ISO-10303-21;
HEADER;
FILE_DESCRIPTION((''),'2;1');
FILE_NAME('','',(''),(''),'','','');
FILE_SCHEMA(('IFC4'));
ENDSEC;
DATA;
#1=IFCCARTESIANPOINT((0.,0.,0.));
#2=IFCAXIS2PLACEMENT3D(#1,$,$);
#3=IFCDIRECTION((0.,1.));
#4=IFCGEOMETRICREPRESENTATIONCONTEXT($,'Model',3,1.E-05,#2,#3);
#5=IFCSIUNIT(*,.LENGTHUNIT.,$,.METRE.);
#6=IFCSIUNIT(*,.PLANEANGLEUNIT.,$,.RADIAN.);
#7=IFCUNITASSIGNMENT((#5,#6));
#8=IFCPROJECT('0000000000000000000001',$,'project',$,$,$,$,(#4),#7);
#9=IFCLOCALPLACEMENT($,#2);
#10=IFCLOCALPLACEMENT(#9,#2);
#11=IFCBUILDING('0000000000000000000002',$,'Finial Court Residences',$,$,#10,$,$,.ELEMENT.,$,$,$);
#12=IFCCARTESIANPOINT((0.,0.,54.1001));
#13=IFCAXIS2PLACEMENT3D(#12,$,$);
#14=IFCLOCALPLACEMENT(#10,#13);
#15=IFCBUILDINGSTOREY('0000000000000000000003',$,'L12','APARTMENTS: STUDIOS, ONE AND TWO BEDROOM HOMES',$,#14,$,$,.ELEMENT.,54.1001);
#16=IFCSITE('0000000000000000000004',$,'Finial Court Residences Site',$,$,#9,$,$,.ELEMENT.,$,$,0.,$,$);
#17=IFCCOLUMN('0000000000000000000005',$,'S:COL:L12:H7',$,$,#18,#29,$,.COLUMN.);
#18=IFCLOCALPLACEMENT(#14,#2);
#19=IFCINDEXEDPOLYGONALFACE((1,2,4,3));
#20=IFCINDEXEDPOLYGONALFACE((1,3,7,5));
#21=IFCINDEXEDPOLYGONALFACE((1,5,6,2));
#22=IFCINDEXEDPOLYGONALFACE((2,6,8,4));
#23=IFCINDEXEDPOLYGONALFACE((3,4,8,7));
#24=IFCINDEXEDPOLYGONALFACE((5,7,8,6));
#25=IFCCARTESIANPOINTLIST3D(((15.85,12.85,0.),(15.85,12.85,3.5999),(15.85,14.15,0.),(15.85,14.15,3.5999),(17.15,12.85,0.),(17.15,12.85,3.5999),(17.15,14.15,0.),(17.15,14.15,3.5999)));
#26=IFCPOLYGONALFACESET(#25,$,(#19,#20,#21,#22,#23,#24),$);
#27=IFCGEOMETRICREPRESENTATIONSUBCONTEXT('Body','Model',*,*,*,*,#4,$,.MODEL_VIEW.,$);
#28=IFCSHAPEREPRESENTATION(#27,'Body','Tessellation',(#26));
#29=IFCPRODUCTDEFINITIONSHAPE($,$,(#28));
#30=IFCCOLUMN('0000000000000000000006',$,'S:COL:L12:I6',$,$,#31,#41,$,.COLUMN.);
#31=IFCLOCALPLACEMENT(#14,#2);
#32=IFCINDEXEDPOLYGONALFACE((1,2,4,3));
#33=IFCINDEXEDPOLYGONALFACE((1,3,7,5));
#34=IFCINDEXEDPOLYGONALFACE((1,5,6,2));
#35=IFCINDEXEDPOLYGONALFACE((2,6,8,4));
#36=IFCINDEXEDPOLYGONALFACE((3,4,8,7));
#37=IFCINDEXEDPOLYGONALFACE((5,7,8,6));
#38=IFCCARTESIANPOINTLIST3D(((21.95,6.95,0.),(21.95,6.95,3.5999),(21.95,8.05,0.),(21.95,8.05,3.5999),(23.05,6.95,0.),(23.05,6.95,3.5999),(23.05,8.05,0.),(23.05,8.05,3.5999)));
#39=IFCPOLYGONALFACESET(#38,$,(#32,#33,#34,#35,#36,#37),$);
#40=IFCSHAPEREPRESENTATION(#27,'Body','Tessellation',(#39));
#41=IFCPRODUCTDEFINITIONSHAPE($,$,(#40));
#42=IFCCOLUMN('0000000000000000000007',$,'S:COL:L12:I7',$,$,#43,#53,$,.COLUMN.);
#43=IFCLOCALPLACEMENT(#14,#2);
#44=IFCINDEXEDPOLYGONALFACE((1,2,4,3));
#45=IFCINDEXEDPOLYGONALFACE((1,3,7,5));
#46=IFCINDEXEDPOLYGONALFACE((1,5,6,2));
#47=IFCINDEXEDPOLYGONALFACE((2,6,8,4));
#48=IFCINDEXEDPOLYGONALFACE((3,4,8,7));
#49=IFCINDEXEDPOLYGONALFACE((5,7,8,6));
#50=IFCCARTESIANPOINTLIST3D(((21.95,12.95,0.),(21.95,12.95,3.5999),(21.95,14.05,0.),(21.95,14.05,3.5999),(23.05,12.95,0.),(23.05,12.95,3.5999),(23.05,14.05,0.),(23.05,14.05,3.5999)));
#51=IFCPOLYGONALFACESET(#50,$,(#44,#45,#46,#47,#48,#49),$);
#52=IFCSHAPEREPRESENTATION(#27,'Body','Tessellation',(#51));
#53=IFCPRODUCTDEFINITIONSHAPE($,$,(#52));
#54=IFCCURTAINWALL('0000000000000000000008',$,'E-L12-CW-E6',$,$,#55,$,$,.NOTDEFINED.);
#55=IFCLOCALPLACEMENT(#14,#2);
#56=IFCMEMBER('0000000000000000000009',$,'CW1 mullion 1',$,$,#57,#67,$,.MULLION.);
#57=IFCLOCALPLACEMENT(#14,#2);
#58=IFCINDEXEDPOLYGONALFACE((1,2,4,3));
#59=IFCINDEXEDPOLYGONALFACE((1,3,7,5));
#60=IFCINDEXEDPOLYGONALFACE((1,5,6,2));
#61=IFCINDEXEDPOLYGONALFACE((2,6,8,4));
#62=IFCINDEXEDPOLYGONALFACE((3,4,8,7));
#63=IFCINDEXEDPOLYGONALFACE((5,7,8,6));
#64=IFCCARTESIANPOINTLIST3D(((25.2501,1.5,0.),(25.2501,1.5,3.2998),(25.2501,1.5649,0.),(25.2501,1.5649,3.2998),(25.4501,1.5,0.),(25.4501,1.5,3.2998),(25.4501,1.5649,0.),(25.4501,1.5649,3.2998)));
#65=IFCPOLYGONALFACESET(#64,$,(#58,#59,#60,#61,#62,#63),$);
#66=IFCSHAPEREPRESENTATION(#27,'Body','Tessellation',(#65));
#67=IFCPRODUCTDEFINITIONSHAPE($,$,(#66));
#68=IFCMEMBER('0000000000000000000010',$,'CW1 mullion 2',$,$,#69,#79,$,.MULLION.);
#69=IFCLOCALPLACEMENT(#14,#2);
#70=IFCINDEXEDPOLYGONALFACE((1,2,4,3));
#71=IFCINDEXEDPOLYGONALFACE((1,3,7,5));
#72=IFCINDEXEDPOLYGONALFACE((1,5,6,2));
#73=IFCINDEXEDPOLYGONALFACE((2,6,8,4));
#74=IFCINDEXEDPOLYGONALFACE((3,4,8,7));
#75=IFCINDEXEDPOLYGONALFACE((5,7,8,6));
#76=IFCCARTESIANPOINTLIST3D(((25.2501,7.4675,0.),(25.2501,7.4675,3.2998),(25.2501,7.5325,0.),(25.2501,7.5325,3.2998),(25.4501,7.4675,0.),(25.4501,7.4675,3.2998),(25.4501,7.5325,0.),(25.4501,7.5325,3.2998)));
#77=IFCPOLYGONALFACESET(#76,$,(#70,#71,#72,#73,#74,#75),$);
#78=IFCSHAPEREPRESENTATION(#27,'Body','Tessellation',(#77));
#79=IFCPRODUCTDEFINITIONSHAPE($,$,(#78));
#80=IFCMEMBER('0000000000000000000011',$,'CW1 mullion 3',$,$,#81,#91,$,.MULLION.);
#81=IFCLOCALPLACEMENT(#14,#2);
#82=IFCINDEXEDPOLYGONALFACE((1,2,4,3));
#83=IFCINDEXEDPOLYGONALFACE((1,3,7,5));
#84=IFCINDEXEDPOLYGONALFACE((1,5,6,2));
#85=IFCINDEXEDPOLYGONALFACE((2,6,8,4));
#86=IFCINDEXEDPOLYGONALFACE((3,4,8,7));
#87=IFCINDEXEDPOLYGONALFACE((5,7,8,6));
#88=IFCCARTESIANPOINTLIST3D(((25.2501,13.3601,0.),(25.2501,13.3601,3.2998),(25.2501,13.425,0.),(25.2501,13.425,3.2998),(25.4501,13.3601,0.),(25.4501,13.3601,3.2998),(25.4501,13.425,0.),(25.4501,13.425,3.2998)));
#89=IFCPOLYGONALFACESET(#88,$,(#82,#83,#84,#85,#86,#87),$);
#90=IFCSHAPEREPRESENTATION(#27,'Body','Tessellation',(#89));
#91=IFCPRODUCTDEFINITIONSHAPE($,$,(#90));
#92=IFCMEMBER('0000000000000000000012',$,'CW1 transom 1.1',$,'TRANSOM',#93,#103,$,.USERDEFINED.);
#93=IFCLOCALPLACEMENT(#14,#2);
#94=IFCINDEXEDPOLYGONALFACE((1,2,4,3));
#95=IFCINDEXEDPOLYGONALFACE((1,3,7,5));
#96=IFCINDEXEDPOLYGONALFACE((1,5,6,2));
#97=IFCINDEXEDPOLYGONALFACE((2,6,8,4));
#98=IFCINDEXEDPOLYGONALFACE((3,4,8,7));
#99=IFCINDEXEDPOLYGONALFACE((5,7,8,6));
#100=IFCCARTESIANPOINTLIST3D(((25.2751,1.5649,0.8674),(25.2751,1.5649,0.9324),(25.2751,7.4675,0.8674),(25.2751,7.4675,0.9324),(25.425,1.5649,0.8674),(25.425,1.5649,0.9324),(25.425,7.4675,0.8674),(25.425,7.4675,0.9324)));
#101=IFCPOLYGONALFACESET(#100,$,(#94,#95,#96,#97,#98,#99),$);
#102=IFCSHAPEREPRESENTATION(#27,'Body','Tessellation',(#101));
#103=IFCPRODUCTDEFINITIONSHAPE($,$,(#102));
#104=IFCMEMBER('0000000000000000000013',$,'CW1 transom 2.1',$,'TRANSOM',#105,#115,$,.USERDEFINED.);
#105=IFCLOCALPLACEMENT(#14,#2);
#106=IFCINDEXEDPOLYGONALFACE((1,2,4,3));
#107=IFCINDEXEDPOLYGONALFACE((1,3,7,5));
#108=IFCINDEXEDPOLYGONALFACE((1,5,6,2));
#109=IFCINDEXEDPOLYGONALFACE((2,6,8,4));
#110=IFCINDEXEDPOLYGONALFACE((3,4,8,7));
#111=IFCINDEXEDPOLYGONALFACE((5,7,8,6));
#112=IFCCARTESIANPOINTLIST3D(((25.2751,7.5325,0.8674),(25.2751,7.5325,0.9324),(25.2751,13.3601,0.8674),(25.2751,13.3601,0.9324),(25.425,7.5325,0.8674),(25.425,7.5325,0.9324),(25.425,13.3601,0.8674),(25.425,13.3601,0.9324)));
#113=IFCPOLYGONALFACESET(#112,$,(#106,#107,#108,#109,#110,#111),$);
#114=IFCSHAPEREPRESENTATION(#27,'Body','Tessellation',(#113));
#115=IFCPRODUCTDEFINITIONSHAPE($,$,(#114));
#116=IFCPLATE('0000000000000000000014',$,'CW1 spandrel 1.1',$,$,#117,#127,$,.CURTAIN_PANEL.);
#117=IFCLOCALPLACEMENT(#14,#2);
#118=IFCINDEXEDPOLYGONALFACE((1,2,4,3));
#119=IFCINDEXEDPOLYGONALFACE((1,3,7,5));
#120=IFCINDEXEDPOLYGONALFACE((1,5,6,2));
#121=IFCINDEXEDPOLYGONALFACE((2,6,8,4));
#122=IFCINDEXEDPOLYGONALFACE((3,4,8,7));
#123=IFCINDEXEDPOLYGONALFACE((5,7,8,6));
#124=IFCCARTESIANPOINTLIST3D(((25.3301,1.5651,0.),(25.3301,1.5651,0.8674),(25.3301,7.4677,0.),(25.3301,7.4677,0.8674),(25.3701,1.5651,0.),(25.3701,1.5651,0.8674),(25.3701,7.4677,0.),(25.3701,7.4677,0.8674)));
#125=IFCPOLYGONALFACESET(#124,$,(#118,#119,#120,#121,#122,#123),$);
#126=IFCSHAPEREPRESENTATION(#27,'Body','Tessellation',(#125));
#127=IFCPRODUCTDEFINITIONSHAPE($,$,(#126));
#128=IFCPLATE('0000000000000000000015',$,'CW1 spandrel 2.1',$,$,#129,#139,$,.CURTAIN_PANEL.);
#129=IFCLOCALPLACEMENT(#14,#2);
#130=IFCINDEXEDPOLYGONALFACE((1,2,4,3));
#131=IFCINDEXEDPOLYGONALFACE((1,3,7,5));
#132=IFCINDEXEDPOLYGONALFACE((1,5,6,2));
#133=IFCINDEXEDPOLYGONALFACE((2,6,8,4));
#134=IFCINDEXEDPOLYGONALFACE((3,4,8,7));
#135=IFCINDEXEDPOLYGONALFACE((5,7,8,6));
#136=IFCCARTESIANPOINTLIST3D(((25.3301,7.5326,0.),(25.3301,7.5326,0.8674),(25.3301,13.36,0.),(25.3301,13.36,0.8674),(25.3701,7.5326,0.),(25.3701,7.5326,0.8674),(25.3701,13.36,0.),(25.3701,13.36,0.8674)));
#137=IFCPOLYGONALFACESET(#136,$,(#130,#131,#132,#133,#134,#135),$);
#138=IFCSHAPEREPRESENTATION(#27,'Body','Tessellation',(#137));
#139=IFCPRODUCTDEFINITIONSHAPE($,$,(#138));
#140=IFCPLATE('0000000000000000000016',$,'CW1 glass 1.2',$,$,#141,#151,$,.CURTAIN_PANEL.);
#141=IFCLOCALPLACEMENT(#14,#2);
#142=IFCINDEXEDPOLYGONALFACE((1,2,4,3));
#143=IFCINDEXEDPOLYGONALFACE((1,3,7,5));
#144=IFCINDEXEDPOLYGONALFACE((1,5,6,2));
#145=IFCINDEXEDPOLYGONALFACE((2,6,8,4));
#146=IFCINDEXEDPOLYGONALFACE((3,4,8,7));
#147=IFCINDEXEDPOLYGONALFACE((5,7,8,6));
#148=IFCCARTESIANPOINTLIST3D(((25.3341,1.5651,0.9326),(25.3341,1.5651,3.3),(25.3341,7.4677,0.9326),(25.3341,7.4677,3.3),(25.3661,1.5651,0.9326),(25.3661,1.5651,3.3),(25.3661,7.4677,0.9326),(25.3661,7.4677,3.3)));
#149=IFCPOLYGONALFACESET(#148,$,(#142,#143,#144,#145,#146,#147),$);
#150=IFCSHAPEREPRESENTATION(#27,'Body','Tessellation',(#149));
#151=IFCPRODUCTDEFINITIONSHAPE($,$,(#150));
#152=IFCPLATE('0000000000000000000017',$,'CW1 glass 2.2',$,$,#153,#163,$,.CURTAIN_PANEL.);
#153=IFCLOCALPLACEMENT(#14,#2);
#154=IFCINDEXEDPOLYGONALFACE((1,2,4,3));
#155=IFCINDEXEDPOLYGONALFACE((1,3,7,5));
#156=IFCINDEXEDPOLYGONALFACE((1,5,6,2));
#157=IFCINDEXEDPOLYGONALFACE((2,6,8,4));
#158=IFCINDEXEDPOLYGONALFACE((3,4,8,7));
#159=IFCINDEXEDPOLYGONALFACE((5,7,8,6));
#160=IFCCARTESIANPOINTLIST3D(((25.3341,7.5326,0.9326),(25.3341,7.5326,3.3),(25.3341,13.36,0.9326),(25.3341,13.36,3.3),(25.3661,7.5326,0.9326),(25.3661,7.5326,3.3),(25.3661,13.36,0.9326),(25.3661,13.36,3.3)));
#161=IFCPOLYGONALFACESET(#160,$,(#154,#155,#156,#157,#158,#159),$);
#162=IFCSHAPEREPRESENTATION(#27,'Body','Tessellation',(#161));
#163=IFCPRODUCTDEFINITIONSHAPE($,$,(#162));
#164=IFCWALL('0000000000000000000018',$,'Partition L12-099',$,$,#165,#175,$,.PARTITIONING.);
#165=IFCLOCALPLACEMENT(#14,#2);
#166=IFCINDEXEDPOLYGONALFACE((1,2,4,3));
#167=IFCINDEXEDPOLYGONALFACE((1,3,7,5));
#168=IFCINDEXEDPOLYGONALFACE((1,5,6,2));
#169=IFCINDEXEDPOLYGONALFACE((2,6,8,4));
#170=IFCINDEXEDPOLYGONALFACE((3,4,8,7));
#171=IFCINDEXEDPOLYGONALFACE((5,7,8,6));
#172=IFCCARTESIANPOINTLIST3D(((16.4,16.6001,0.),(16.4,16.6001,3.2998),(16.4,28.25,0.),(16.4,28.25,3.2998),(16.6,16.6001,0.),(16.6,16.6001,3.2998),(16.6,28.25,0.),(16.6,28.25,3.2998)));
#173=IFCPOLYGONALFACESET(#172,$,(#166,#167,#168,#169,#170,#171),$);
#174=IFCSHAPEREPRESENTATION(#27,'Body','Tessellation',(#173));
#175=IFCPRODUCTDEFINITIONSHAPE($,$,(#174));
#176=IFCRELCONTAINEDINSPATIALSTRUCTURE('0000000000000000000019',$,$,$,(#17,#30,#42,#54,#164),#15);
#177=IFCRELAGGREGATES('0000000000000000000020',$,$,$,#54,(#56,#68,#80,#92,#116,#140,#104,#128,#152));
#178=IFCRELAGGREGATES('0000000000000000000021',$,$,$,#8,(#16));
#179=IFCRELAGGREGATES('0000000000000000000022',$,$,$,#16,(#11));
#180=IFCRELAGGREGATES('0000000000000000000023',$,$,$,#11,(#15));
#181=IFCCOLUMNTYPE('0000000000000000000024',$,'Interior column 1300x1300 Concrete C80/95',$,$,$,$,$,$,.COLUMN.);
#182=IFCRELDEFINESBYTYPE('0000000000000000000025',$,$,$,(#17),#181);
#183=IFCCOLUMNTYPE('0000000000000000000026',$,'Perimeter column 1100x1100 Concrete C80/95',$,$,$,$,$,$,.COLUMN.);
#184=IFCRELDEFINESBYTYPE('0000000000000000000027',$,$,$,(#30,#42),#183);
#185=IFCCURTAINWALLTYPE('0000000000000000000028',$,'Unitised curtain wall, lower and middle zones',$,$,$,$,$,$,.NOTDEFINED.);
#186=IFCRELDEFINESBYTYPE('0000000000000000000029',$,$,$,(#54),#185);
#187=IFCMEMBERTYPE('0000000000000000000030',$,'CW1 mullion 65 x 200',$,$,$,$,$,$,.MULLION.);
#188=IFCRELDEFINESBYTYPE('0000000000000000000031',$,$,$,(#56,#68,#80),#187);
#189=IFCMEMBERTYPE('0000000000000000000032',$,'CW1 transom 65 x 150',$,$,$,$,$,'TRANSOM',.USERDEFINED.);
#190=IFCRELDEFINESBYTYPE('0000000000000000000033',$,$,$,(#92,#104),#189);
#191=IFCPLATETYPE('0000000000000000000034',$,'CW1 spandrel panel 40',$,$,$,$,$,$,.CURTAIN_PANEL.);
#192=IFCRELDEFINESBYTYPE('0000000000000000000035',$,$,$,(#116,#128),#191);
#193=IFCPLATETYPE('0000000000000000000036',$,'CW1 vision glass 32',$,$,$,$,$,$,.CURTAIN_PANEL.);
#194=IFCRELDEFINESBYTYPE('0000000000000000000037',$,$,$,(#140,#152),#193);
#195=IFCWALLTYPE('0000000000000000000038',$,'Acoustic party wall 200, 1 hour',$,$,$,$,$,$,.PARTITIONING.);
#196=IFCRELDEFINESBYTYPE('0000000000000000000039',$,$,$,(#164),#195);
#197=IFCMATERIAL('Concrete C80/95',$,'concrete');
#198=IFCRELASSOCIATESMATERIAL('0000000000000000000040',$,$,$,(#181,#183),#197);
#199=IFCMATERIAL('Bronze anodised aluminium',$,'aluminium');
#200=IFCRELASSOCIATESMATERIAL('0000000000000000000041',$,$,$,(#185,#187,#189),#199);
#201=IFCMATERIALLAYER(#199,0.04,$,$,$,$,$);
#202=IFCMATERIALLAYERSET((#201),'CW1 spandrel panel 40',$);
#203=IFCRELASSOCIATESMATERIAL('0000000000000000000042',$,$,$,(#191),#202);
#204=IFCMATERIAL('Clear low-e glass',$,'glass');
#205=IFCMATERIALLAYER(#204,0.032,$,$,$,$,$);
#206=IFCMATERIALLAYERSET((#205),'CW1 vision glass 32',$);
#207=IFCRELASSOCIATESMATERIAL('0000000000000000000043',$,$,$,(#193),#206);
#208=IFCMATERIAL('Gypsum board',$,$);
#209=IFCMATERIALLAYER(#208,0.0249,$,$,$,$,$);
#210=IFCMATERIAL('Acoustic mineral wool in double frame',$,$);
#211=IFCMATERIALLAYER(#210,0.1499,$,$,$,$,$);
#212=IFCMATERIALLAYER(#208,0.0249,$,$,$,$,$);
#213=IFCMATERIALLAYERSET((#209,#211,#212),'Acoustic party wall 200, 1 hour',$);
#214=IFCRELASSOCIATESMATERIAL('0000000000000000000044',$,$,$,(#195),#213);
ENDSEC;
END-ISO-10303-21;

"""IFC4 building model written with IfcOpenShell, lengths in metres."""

from ifc_helpers import new_model, si_unit, direction, frame, frame_2d, origin, origin_2d, place, context, subcontext, project, spatial, rectangle, extrude, material, layer, layer_set, material_profile, profile_set, type_object, element, aggregate, save


model = new_model("IFC4")

# Units and contexts
model_context = context("Model", 3, precision=1e-05, world=origin(), true_north=direction((0.0, 1.0)))
body_context = subcontext(model_context, "Body", "Model", "MODEL_VIEW")
ifc_project = project(units=[si_unit("LENGTHUNIT", "METRE"), si_unit("PLANEANGLEUNIT", "RADIAN")], contexts=[model_context])

# Site, building, storey
site_placement = place(None, origin())
site = spatial("IfcSite", under=ifc_project, at=site_placement, Name="Finial Court Residences Site", CompositionType="ELEMENT", RefElevation=0.0)
building_placement = place(site_placement, origin())
building = spatial("IfcBuilding", under=site, at=building_placement, Name="Finial Court Residences", CompositionType="ELEMENT")
storey_placement = place(building_placement, frame((0.0, 0.0, 54.1001)))
storey = spatial("IfcBuildingStorey", under=building, at=storey_placement, Name="L12", Description="APARTMENTS: STUDIOS, ONE AND TWO BEDROOM HOMES", CompositionType="ELEMENT", Elevation=54.1001)

# Columns
ifc_material_1 = material(Name="Concrete C80/95", Category="concrete")
ifc_material_profile_1 = material_profile(ifc_material_1, rectangle(XDim=1.3, YDim=1.3, at=origin_2d()), Name="1300x1300")
ifc_profile_set_1 = profile_set([ifc_material_profile_1], Name="Concrete C80/95")
column_type_1 = type_object("IfcColumnType", Name="Interior column 1300x1300 Concrete C80/95", PredefinedType="COLUMN", material=ifc_profile_set_1)
column_placement = place(storey_placement, frame((16.5, 13.5, 0.0), z_axis=(0.0, 0.0, 1.0), x_axis=(1.0, 0.0, 0.0)))
element("IfcColumn", 1, at=column_placement, inside=storey, type_object=column_type_1, Name="S:COL:L12:H7", PredefinedType="COLUMN", context=body_context, shape_type="SweptSolid", body=[
    extrude(rectangle(XDim=1.3, YDim=1.3, at=origin_2d()), origin(), (0.0, 0.0, 1.0), 3.5999),
])
ifc_material_profile_2 = material_profile(ifc_material_1, rectangle(XDim=1.1001, YDim=1.1001, at=origin_2d()), Name="1100x1100")
ifc_profile_set_2 = profile_set([ifc_material_profile_2], Name="Concrete C80/95")
column_type_2 = type_object("IfcColumnType", Name="Perimeter column 1100x1100 Concrete C80/95", PredefinedType="COLUMN", material=ifc_profile_set_2)
for number, where, z_axis, x_axis, name in (
    (2, (22.5, 7.5, 0.0), (0.0, 0.0, 1.0), (1.0, 0.0, 0.0), "S:COL:L12:I6"),
    (3, (22.5, 13.5, 0.0), (0.0, 0.0, 1.0), (1.0, 0.0, 0.0), "S:COL:L12:I7"),
):
    element("IfcColumn", number, at=place(storey_placement, frame(where, z_axis=z_axis, x_axis=x_axis)), inside=storey, type_object=column_type_2, Name=name, PredefinedType="COLUMN", context=body_context, shape_type="SweptSolid", body=[
        extrude(rectangle(XDim=1.1001, YDim=1.1001, at=origin_2d()), origin(), (0.0, 0.0, 1.0), 3.5999),
    ])

# Curtain wall, members, plates
ifc_material_2 = material(Name="Bronze anodised aluminium", Category="aluminium")
curtain_wall_type = type_object("IfcCurtainWallType", Name="Unitised curtain wall, lower and middle zones", PredefinedType="NOTDEFINED", material=ifc_material_2)
curtain_wall_placement = place(storey_placement, origin())
curtain_wall = element("IfcCurtainWall", 4, at=curtain_wall_placement, inside=storey, type_object=curtain_wall_type, Name="E-L12-CW-E6", PredefinedType="NOTDEFINED")
ifc_material_profile_3 = material_profile(ifc_material_2, rectangle(XDim=0.2, YDim=0.0649, at=origin_2d()), Name="CW1 mullion 65 x 200")
ifc_profile_set_3 = profile_set([ifc_material_profile_3], Name="Bronze anodised aluminium")
member_type_1 = type_object("IfcMemberType", Name="CW1 mullion 65 x 200", PredefinedType="MULLION", material=ifc_profile_set_3)
member_1_placement = place(storey_placement, frame((25.3501, 1.5325, 0.0), z_axis=(0.0, 0.0, 1.0), x_axis=(-1.0, 0.0, 0.0)))
member_1 = element("IfcMember", 5, at=member_1_placement, type_object=member_type_1, Name="CW1 mullion 1", PredefinedType="MULLION", context=body_context, shape_type="SweptSolid", body=[
    extrude(rectangle(XDim=0.2, YDim=0.0649, at=origin_2d()), origin(), (0.0, 0.0, 1.0), 3.2998),
])
member_2_placement = place(storey_placement, frame((25.3501, 7.5, 0.0), z_axis=(0.0, 0.0, 1.0), x_axis=(-1.0, 0.0, 0.0)))
member_2 = element("IfcMember", 6, at=member_2_placement, type_object=member_type_1, Name="CW1 mullion 2", PredefinedType="MULLION", context=body_context, shape_type="SweptSolid", body=[
    extrude(rectangle(XDim=0.2, YDim=0.0649, at=origin_2d()), origin(), (0.0, 0.0, 1.0), 3.2998),
])
member_3_placement = place(storey_placement, frame((25.3501, 13.3926, 0.0), z_axis=(0.0, 0.0, 1.0), x_axis=(-1.0, 0.0, 0.0)))
member_3 = element("IfcMember", 7, at=member_3_placement, type_object=member_type_1, Name="CW1 mullion 3", PredefinedType="MULLION", context=body_context, shape_type="SweptSolid", body=[
    extrude(rectangle(XDim=0.2, YDim=0.0649, at=origin_2d()), origin(), (0.0, 0.0, 1.0), 3.2998),
])
ifc_material_profile_4 = material_profile(ifc_material_2, rectangle(XDim=0.1499, YDim=0.0649, at=origin_2d()), Name="CW1 transom 65 x 150")
ifc_profile_set_4 = profile_set([ifc_material_profile_4], Name="Bronze anodised aluminium")
member_type_2 = type_object("IfcMemberType", Name="CW1 transom 65 x 150", ElementType="TRANSOM", PredefinedType="USERDEFINED", material=ifc_profile_set_4)
member_4_placement = place(storey_placement, frame((25.3501, 1.5649, 0.8999), z_axis=(0.0, 1.0, 0.0), x_axis=(-1.0, 0.0, 0.0)))
member_4 = element("IfcMember", 8, at=member_4_placement, type_object=member_type_2, Name="CW1 transom 1.1", ObjectType="TRANSOM", PredefinedType="USERDEFINED", context=body_context, shape_type="SweptSolid", body=[
    extrude(rectangle(XDim=0.1499, YDim=0.0649, at=origin_2d()), origin(), (0.0, 0.0, 1.0), 5.9026),
])
member_5_placement = place(storey_placement, frame((25.3501, 7.5325, 0.8999), z_axis=(0.0, 1.0, 0.0), x_axis=(-1.0, 0.0, 0.0)))
member_5 = element("IfcMember", 9, at=member_5_placement, type_object=member_type_2, Name="CW1 transom 2.1", ObjectType="TRANSOM", PredefinedType="USERDEFINED", context=body_context, shape_type="SweptSolid", body=[
    extrude(rectangle(XDim=0.1499, YDim=0.0649, at=origin_2d()), origin(), (0.0, 0.0, 1.0), 5.8276),
])
ifc_layer_1 = layer(ifc_material_2, 0.04)
ifc_layer_set_1 = layer_set([ifc_layer_1], Name="CW1 spandrel panel 40")
plate_type_1 = type_object("IfcPlateType", Name="CW1 spandrel panel 40", PredefinedType="CURTAIN_PANEL", material=ifc_layer_set_1)
plate_1_placement = place(storey_placement, frame((25.3501, 4.5164, 0.0), z_axis=(0.0, 0.0, 1.0), x_axis=(0.0, 1.0, 0.0)))
plate_1 = element("IfcPlate", 10, at=plate_1_placement, type_object=plate_type_1, Name="CW1 spandrel 1.1", PredefinedType="CURTAIN_PANEL", context=body_context, shape_type="SweptSolid", body=[
    extrude(rectangle(XDim=5.9026, YDim=0.04, at=origin_2d()), origin(), (0.0, 0.0, 1.0), 0.8674),
])
plate_2_placement = place(storey_placement, frame((25.3501, 10.4463, 0.0), z_axis=(0.0, 0.0, 1.0), x_axis=(0.0, 1.0, 0.0)))
plate_2 = element("IfcPlate", 11, at=plate_2_placement, type_object=plate_type_1, Name="CW1 spandrel 2.1", PredefinedType="CURTAIN_PANEL", context=body_context, shape_type="SweptSolid", body=[
    extrude(rectangle(XDim=5.8274, YDim=0.04, at=origin_2d()), origin(), (0.0, 0.0, 1.0), 0.8674),
])
ifc_material_3 = material(Name="Clear low-e glass", Category="glass")
ifc_layer_2 = layer(ifc_material_3, 0.032)
ifc_layer_set_2 = layer_set([ifc_layer_2], Name="CW1 vision glass 32")
plate_type_2 = type_object("IfcPlateType", Name="CW1 vision glass 32", PredefinedType="CURTAIN_PANEL", material=ifc_layer_set_2)
plate_3_placement = place(storey_placement, frame((25.3501, 4.5164, 0.9326), z_axis=(0.0, 0.0, 1.0), x_axis=(0.0, 1.0, 0.0)))
plate_3 = element("IfcPlate", 12, at=plate_3_placement, type_object=plate_type_2, Name="CW1 glass 1.2", PredefinedType="CURTAIN_PANEL", context=body_context, shape_type="SweptSolid", body=[
    extrude(rectangle(XDim=5.9026, YDim=0.032, at=origin_2d()), origin(), (0.0, 0.0, 1.0), 2.3674),
])
plate_4_placement = place(storey_placement, frame((25.3501, 10.4463, 0.9326), z_axis=(0.0, 0.0, 1.0), x_axis=(0.0, 1.0, 0.0)))
plate_4 = element("IfcPlate", 13, at=plate_4_placement, type_object=plate_type_2, Name="CW1 glass 2.2", PredefinedType="CURTAIN_PANEL", context=body_context, shape_type="SweptSolid", body=[
    extrude(rectangle(XDim=5.8274, YDim=0.032, at=origin_2d()), origin(), (0.0, 0.0, 1.0), 2.3674),
])
aggregate(curtain_wall, [member_1, member_2, member_3, member_4, plate_1, plate_3, member_5, plate_2, plate_4])

# Wall
ifc_material_4 = material(Name="Gypsum board")
ifc_layer_3 = layer(ifc_material_4, 0.0249)
ifc_material_5 = material(Name="Acoustic mineral wool in double frame")
ifc_layer_4 = layer(ifc_material_5, 0.1499)
ifc_layer_5 = layer(ifc_material_4, 0.0249)
ifc_layer_set_3 = layer_set([ifc_layer_3, ifc_layer_4, ifc_layer_5], Name="Acoustic party wall 200, 1 hour")
wall_type_1 = type_object("IfcWallType", Name="Acoustic party wall 200, 1 hour", PredefinedType="PARTITIONING", material=ifc_layer_set_3)
wall_1_placement = place(storey_placement, frame((16.5, 16.6001, 0.0), z_axis=(0.0, 0.0, 1.0), x_axis=(0.0, 1.0, 0.0)))
element("IfcWall", 14, at=wall_1_placement, inside=storey, type_object=wall_type_1, Name="Partition L12-099", PredefinedType="PARTITIONING", context=body_context, shape_type="SweptSolid", body=[
    extrude(rectangle(XDim=11.6499, YDim=0.2, at=frame_2d((5.825, 0.0))), origin(), (0.0, 0.0, 1.0), 3.2998),
])

save(model, "model.ifc")
